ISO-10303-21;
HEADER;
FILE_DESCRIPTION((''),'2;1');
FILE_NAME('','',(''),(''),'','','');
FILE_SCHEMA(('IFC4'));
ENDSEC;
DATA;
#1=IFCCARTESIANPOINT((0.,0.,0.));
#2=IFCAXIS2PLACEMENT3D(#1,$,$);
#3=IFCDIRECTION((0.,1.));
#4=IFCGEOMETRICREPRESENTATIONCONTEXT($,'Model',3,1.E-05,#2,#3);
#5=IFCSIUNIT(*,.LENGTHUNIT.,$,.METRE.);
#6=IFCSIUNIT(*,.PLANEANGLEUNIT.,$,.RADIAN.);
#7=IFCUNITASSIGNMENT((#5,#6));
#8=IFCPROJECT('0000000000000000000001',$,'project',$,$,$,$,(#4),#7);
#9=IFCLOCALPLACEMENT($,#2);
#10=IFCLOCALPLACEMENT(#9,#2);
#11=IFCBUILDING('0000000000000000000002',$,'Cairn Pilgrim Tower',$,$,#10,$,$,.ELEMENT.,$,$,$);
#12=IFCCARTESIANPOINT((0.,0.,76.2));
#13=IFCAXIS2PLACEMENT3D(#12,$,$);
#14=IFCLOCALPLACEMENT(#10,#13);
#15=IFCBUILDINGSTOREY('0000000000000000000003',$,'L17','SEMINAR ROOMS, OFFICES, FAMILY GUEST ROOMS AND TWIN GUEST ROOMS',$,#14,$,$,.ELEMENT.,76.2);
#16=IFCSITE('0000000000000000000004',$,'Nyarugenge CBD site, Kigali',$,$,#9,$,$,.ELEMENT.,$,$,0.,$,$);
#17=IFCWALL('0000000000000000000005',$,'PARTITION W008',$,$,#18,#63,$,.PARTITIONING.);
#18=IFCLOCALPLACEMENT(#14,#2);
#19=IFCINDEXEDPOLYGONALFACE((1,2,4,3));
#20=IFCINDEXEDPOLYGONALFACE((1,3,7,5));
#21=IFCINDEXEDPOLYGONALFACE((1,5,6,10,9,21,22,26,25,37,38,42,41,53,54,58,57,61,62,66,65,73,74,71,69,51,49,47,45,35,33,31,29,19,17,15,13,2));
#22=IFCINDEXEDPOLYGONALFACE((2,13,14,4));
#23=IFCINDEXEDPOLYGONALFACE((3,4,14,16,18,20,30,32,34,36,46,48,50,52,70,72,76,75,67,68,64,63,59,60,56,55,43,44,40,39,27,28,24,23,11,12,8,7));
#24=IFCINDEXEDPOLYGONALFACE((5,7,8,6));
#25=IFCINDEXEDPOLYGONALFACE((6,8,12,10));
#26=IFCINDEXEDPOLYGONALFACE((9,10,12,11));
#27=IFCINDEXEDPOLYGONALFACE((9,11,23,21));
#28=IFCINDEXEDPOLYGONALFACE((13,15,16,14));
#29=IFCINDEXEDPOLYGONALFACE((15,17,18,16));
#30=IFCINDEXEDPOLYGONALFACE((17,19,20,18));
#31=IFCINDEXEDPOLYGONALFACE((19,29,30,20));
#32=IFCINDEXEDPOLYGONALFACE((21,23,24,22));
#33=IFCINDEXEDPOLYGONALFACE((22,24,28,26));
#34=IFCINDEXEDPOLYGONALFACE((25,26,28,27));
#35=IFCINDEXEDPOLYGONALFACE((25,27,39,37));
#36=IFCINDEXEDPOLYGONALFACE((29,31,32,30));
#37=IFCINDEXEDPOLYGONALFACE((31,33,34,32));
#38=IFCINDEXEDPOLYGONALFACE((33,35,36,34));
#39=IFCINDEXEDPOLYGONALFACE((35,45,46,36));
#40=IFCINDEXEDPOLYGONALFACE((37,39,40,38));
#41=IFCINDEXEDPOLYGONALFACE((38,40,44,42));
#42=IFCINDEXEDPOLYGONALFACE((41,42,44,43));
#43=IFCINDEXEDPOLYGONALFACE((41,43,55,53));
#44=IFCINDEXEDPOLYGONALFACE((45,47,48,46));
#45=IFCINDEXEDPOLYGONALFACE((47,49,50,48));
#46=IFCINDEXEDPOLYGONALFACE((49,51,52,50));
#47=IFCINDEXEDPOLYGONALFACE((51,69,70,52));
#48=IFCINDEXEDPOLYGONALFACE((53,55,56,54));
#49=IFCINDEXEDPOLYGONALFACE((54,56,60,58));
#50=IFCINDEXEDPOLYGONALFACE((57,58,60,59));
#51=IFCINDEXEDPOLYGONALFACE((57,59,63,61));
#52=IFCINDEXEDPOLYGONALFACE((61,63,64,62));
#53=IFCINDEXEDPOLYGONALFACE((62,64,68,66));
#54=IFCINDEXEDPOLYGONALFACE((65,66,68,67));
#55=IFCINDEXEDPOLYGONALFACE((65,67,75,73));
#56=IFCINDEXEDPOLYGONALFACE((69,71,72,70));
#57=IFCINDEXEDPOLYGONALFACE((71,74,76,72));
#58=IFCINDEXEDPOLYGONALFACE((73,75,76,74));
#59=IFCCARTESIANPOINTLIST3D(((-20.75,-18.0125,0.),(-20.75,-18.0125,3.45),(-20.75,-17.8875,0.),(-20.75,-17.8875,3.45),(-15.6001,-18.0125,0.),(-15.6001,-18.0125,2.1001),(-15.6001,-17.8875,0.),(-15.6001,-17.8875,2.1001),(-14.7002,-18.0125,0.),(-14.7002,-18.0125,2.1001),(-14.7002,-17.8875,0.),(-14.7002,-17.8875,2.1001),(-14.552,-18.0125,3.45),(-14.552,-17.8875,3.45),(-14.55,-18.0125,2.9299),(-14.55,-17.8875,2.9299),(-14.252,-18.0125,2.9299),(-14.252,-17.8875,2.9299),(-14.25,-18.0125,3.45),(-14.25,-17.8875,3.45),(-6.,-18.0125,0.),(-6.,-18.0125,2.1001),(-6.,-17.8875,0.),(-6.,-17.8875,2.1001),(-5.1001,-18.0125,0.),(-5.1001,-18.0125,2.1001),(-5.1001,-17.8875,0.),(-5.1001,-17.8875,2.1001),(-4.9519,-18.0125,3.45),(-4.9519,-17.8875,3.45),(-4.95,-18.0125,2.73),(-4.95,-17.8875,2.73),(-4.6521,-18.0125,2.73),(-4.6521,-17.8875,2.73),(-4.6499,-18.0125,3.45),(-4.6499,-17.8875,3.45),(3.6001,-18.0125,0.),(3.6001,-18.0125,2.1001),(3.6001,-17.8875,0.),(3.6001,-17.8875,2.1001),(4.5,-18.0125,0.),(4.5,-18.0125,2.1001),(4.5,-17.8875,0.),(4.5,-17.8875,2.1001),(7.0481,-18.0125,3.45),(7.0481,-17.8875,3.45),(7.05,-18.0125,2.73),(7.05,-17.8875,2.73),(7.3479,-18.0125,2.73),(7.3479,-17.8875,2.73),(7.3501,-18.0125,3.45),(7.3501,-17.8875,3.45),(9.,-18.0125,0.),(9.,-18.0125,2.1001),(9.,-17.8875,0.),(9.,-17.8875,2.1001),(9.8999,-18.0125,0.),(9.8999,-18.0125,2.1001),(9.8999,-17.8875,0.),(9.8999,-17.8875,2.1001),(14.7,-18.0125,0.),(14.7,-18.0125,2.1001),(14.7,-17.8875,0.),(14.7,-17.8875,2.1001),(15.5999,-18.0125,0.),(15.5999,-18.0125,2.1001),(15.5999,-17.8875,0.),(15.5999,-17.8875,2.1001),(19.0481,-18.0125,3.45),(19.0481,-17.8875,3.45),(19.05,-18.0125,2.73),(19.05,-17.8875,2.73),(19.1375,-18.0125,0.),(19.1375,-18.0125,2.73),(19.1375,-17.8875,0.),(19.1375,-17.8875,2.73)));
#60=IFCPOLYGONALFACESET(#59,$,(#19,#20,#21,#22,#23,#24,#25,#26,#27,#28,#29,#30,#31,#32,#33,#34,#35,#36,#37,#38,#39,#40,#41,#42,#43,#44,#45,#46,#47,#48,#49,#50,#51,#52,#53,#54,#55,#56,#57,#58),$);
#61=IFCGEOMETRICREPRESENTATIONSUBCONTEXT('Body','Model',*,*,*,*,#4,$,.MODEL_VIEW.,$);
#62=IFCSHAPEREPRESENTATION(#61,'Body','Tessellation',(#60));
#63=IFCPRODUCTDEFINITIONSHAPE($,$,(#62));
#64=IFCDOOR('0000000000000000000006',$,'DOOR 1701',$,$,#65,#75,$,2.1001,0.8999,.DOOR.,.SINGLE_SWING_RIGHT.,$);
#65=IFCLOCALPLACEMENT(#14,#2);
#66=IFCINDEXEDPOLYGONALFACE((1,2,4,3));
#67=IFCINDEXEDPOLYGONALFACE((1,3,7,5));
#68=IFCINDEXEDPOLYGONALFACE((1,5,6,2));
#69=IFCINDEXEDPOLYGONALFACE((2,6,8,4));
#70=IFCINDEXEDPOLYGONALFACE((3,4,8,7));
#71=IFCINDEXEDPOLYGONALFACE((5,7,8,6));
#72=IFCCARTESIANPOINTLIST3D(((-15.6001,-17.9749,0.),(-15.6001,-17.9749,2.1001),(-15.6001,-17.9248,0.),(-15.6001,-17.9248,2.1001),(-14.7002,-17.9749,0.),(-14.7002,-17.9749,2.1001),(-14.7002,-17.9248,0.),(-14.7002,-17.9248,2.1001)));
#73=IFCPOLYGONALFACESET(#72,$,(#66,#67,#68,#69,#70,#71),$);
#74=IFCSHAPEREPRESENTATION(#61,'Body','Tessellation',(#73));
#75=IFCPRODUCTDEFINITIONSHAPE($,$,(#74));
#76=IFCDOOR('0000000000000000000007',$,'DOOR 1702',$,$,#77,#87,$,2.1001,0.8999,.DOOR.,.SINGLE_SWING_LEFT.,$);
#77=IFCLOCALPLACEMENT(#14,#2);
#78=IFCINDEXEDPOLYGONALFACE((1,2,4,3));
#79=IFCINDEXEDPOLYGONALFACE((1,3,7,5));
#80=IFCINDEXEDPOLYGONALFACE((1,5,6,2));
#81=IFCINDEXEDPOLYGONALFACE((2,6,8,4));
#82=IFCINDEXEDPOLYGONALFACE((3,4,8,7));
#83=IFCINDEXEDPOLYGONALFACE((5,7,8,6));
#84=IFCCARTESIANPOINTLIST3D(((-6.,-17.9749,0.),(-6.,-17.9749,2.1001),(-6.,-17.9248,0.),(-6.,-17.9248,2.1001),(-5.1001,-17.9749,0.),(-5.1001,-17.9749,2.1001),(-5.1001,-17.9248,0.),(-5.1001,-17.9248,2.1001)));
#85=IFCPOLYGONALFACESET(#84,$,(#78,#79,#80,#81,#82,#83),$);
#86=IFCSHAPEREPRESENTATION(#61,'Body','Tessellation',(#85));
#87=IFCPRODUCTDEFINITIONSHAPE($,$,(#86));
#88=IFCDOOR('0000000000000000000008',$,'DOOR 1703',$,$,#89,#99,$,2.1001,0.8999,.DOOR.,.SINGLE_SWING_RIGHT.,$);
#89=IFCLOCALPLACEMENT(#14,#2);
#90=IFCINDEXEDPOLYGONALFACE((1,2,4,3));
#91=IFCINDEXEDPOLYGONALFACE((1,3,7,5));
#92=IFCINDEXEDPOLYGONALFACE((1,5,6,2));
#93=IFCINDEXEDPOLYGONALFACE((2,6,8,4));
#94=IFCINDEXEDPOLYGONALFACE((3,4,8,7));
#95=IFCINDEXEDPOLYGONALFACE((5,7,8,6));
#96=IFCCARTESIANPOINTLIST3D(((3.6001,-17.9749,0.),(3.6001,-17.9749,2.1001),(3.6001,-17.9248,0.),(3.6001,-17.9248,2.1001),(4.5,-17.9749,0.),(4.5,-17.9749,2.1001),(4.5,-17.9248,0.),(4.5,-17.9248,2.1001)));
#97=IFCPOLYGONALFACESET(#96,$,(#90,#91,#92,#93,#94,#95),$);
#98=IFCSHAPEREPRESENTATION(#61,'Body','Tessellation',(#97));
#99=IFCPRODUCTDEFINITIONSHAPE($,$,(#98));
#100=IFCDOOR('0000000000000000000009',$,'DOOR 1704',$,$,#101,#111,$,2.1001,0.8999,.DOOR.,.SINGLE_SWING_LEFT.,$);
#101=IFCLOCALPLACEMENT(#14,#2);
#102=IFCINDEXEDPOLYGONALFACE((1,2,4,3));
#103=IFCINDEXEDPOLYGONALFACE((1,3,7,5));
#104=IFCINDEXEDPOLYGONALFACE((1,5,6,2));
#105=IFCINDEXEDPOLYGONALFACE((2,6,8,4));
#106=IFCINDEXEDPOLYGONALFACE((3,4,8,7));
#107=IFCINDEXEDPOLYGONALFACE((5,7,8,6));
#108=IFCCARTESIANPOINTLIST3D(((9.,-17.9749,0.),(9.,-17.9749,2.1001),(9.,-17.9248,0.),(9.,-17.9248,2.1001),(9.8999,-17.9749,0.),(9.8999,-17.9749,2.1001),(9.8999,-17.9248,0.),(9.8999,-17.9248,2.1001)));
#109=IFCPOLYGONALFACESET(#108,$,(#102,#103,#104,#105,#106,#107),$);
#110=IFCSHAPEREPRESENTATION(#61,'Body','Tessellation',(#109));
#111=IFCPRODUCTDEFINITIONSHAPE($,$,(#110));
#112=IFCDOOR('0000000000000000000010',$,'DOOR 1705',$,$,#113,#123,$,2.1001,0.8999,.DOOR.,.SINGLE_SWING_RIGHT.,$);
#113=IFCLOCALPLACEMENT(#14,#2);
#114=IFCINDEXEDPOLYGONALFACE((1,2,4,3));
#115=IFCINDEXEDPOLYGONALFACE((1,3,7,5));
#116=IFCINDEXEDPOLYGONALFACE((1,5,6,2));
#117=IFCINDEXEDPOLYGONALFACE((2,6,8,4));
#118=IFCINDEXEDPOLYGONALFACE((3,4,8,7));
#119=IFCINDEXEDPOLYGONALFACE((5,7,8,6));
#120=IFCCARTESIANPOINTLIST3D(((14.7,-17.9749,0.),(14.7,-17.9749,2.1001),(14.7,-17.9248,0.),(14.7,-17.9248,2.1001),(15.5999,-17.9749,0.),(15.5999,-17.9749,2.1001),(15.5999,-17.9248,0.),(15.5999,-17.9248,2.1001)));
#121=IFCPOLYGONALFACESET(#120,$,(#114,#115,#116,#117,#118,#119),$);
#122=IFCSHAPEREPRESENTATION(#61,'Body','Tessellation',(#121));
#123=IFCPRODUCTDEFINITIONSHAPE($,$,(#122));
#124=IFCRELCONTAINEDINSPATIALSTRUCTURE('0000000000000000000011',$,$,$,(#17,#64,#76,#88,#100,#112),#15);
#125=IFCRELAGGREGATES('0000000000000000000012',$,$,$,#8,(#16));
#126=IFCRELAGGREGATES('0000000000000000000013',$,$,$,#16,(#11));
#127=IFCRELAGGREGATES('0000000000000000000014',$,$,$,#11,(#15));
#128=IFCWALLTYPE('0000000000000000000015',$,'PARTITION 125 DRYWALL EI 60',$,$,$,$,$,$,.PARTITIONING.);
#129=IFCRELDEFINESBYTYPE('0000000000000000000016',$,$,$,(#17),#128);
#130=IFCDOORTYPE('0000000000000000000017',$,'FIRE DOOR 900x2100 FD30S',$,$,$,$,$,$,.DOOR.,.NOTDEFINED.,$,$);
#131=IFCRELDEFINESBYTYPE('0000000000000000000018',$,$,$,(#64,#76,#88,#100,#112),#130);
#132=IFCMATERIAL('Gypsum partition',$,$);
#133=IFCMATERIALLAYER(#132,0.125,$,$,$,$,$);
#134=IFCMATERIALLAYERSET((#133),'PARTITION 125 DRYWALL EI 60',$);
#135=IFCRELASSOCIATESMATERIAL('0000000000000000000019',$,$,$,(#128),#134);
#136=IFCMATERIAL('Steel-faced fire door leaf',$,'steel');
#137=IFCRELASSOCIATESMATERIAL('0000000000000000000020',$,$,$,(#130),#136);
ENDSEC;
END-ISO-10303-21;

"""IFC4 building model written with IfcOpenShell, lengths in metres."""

from ifc_helpers import new_model, si_unit, direction, frame, frame_2d, origin, place, context, subcontext, project, spatial, polyline, rectangle, outline, extrude, material, layer, layer_set, type_object, element, fill, save


model = new_model("IFC4")

# Units and contexts
model_context = context("Model", 3, precision=1e-05, world=origin(), true_north=direction((0.0, 1.0)))
body_context = subcontext(model_context, "Body", "Model", "MODEL_VIEW")
ifc_project = project(units=[si_unit("LENGTHUNIT", "METRE"), si_unit("PLANEANGLEUNIT", "RADIAN")], contexts=[model_context])

# Site, building, storey
site_placement = place(None, origin())
site = spatial("IfcSite", under=ifc_project, at=site_placement, Name="Nyarugenge CBD site, Kigali", CompositionType="ELEMENT", RefElevation=0.0)
building_placement = place(site_placement, origin())
building = spatial("IfcBuilding", under=site, at=building_placement, Name="Cairn Pilgrim Tower", CompositionType="ELEMENT")
storey_placement = place(building_placement, frame((0.0, 0.0, 76.2)))
storey = spatial("IfcBuildingStorey", under=building, at=storey_placement, Name="L17", Description="SEMINAR ROOMS, OFFICES, FAMILY GUEST ROOMS AND TWIN GUEST ROOMS", CompositionType="ELEMENT", Elevation=76.2)

# Wall, openings, doors
ifc_material_1 = material(Name="Gypsum partition")
ifc_layer_1 = layer(ifc_material_1, 0.125)
ifc_layer_set_1 = layer_set([ifc_layer_1], Name="PARTITION 125 DRYWALL EI 60")
wall_type_1 = type_object("IfcWallType", Name="PARTITION 125 DRYWALL EI 60", PredefinedType="PARTITIONING", material=ifc_layer_set_1)
wall_1_placement = place(storey_placement, frame((-20.75, -17.95, 0.0), z_axis=(0.0, 0.0, 1.0), x_axis=(1.0, 0.0, 0.0)))
wall_1 = element("IfcWall", 1, at=wall_1_placement, inside=storey, type_object=wall_type_1, Name="PARTITION W008", PredefinedType="PARTITIONING", context=body_context, shape_type="SweptSolid", body=[
    extrude(outline(polyline([(0.0, 0.0), (39.8875, 0.0), (39.8875, 2.73), (39.8, 2.73), (39.7981, 3.45), (28.1001, 3.45), (28.0979, 2.73), (27.8, 2.73), (27.7981, 3.45), (16.1001, 3.45), (16.0979, 2.73), (15.8, 2.73), (15.7981, 3.45), (6.5, 3.45), (6.498, 2.9299), (6.2, 2.9299), (6.198, 3.45), (0.0, 3.45), (0.0, 0.0)])), frame((0.0, 0.0625, 0.0), z_axis=(0.0, -1.0, 0.0), x_axis=(1.0, 0.0, 0.0)), (0.0, 0.0, 1.0), 0.125),
])
opening_1_placement = place(wall_1_placement, frame((5.1499, 0.0, 0.0)))
opening_1 = element("IfcOpeningElement", 2, at=opening_1_placement, cuts=wall_1, PredefinedType="OPENING", context=body_context, shape_type="SweptSolid", body=[
    extrude(rectangle(XDim=0.8999, YDim=2.1001, at=frame_2d((0.45, 1.05))), frame((0.0, 0.0725, 0.0), z_axis=(0.0, -1.0, 0.0), x_axis=(1.0, 0.0, 0.0)), (0.0, 0.0, 1.0), 0.145),
])
opening_2_placement = place(wall_1_placement, frame((14.75, 0.0, 0.0)))
opening_2 = element("IfcOpeningElement", 3, at=opening_2_placement, cuts=wall_1, PredefinedType="OPENING", context=body_context, shape_type="SweptSolid", body=[
    extrude(rectangle(XDim=0.8999, YDim=2.1001, at=frame_2d((0.45, 1.05))), frame((0.0, 0.0725, 0.0), z_axis=(0.0, -1.0, 0.0), x_axis=(1.0, 0.0, 0.0)), (0.0, 0.0, 1.0), 0.145),
])
opening_3_placement = place(wall_1_placement, frame((24.3501, 0.0, 0.0)))
opening_3 = element("IfcOpeningElement", 4, at=opening_3_placement, cuts=wall_1, PredefinedType="OPENING", context=body_context, shape_type="SweptSolid", body=[
    extrude(rectangle(XDim=0.8999, YDim=2.1001, at=frame_2d((0.45, 1.05))), frame((0.0, 0.0725, 0.0), z_axis=(0.0, -1.0, 0.0), x_axis=(1.0, 0.0, 0.0)), (0.0, 0.0, 1.0), 0.145),
])
opening_4_placement = place(wall_1_placement, frame((29.75, 0.0, 0.0)))
opening_4 = element("IfcOpeningElement", 5, at=opening_4_placement, cuts=wall_1, PredefinedType="OPENING", context=body_context, shape_type="SweptSolid", body=[
    extrude(rectangle(XDim=0.8999, YDim=2.1001, at=frame_2d((0.45, 1.05))), frame((0.0, 0.0725, 0.0), z_axis=(0.0, -1.0, 0.0), x_axis=(1.0, 0.0, 0.0)), (0.0, 0.0, 1.0), 0.145),
])
opening_5_placement = place(wall_1_placement, frame((35.45, 0.0, 0.0)))
opening_5 = element("IfcOpeningElement", 6, at=opening_5_placement, cuts=wall_1, PredefinedType="OPENING", context=body_context, shape_type="SweptSolid", body=[
    extrude(rectangle(XDim=0.8999, YDim=2.1001, at=frame_2d((0.45, 1.05))), frame((0.0, 0.0725, 0.0), z_axis=(0.0, -1.0, 0.0), x_axis=(1.0, 0.0, 0.0)), (0.0, 0.0, 1.0), 0.145),
])
ifc_material_2 = material(Name="Steel-faced fire door leaf", Category="steel")
door_type_1 = type_object("IfcDoorType", Name="FIRE DOOR 900x2100 FD30S", OperationType="NOTDEFINED", PredefinedType="DOOR", material=ifc_material_2)
door_1_placement = place(opening_1_placement, frame((0.8999, 0.0, 0.0), z_axis=(0.0, 0.0, 1.0), x_axis=(-1.0, 0.0, 0.0)))
door_1 = element("IfcDoor", 7, at=door_1_placement, inside=storey, type_object=door_type_1, Name="DOOR 1701", OperationType="SINGLE_SWING_RIGHT", OverallHeight=2.1001, OverallWidth=0.8999, PredefinedType="DOOR", context=body_context, shape_type="SweptSolid", body=[
    extrude(rectangle(XDim=0.8999, YDim=2.1001, at=frame_2d((0.45, 1.05))), frame((0.0, 0.0249, 0.0), z_axis=(0.0, -1.0, 0.0), x_axis=(1.0, 0.0, 0.0)), (0.0, 0.0, 1.0), 0.05),
])
fill(opening_1, door_1)
door_2_placement = place(opening_2_placement, frame((0.8999, 0.0, 0.0), z_axis=(0.0, 0.0, 1.0), x_axis=(-1.0, 0.0, 0.0)))
door_2 = element("IfcDoor", 8, at=door_2_placement, inside=storey, type_object=door_type_1, Name="DOOR 1702", OperationType="SINGLE_SWING_LEFT", OverallHeight=2.1001, OverallWidth=0.8999, PredefinedType="DOOR", context=body_context, shape_type="SweptSolid", body=[
    extrude(rectangle(XDim=0.8999, YDim=2.1001, at=frame_2d((0.45, 1.05))), frame((0.0, 0.0249, 0.0), z_axis=(0.0, -1.0, 0.0), x_axis=(1.0, 0.0, 0.0)), (0.0, 0.0, 1.0), 0.05),
])
fill(opening_2, door_2)
door_3_placement = place(opening_3_placement, frame((0.8999, 0.0, 0.0), z_axis=(0.0, 0.0, 1.0), x_axis=(-1.0, 0.0, 0.0)))
door_3 = element("IfcDoor", 9, at=door_3_placement, inside=storey, type_object=door_type_1, Name="DOOR 1703", OperationType="SINGLE_SWING_RIGHT", OverallHeight=2.1001, OverallWidth=0.8999, PredefinedType="DOOR", context=body_context, shape_type="SweptSolid", body=[
    extrude(rectangle(XDim=0.8999, YDim=2.1001, at=frame_2d((0.45, 1.05))), frame((0.0, 0.0249, 0.0), z_axis=(0.0, -1.0, 0.0), x_axis=(1.0, 0.0, 0.0)), (0.0, 0.0, 1.0), 0.05),
])
fill(opening_3, door_3)
door_4_placement = place(opening_4_placement, frame((0.8999, 0.0, 0.0), z_axis=(0.0, 0.0, 1.0), x_axis=(-1.0, 0.0, 0.0)))
door_4 = element("IfcDoor", 10, at=door_4_placement, inside=storey, type_object=door_type_1, Name="DOOR 1704", OperationType="SINGLE_SWING_LEFT", OverallHeight=2.1001, OverallWidth=0.8999, PredefinedType="DOOR", context=body_context, shape_type="SweptSolid", body=[
    extrude(rectangle(XDim=0.8999, YDim=2.1001, at=frame_2d((0.45, 1.05))), frame((0.0, 0.0249, 0.0), z_axis=(0.0, -1.0, 0.0), x_axis=(1.0, 0.0, 0.0)), (0.0, 0.0, 1.0), 0.05),
])
fill(opening_4, door_4)
door_5_placement = place(opening_5_placement, frame((0.8999, 0.0, 0.0), z_axis=(0.0, 0.0, 1.0), x_axis=(-1.0, 0.0, 0.0)))
door_5 = element("IfcDoor", 11, at=door_5_placement, inside=storey, type_object=door_type_1, Name="DOOR 1705", OperationType="SINGLE_SWING_RIGHT", OverallHeight=2.1001, OverallWidth=0.8999, PredefinedType="DOOR", context=body_context, shape_type="SweptSolid", body=[
    extrude(rectangle(XDim=0.8999, YDim=2.1001, at=frame_2d((0.45, 1.05))), frame((0.0, 0.0249, 0.0), z_axis=(0.0, -1.0, 0.0), x_axis=(1.0, 0.0, 0.0)), (0.0, 0.0, 1.0), 0.05),
])
fill(opening_5, door_5)

save(model, "model.ifc")
